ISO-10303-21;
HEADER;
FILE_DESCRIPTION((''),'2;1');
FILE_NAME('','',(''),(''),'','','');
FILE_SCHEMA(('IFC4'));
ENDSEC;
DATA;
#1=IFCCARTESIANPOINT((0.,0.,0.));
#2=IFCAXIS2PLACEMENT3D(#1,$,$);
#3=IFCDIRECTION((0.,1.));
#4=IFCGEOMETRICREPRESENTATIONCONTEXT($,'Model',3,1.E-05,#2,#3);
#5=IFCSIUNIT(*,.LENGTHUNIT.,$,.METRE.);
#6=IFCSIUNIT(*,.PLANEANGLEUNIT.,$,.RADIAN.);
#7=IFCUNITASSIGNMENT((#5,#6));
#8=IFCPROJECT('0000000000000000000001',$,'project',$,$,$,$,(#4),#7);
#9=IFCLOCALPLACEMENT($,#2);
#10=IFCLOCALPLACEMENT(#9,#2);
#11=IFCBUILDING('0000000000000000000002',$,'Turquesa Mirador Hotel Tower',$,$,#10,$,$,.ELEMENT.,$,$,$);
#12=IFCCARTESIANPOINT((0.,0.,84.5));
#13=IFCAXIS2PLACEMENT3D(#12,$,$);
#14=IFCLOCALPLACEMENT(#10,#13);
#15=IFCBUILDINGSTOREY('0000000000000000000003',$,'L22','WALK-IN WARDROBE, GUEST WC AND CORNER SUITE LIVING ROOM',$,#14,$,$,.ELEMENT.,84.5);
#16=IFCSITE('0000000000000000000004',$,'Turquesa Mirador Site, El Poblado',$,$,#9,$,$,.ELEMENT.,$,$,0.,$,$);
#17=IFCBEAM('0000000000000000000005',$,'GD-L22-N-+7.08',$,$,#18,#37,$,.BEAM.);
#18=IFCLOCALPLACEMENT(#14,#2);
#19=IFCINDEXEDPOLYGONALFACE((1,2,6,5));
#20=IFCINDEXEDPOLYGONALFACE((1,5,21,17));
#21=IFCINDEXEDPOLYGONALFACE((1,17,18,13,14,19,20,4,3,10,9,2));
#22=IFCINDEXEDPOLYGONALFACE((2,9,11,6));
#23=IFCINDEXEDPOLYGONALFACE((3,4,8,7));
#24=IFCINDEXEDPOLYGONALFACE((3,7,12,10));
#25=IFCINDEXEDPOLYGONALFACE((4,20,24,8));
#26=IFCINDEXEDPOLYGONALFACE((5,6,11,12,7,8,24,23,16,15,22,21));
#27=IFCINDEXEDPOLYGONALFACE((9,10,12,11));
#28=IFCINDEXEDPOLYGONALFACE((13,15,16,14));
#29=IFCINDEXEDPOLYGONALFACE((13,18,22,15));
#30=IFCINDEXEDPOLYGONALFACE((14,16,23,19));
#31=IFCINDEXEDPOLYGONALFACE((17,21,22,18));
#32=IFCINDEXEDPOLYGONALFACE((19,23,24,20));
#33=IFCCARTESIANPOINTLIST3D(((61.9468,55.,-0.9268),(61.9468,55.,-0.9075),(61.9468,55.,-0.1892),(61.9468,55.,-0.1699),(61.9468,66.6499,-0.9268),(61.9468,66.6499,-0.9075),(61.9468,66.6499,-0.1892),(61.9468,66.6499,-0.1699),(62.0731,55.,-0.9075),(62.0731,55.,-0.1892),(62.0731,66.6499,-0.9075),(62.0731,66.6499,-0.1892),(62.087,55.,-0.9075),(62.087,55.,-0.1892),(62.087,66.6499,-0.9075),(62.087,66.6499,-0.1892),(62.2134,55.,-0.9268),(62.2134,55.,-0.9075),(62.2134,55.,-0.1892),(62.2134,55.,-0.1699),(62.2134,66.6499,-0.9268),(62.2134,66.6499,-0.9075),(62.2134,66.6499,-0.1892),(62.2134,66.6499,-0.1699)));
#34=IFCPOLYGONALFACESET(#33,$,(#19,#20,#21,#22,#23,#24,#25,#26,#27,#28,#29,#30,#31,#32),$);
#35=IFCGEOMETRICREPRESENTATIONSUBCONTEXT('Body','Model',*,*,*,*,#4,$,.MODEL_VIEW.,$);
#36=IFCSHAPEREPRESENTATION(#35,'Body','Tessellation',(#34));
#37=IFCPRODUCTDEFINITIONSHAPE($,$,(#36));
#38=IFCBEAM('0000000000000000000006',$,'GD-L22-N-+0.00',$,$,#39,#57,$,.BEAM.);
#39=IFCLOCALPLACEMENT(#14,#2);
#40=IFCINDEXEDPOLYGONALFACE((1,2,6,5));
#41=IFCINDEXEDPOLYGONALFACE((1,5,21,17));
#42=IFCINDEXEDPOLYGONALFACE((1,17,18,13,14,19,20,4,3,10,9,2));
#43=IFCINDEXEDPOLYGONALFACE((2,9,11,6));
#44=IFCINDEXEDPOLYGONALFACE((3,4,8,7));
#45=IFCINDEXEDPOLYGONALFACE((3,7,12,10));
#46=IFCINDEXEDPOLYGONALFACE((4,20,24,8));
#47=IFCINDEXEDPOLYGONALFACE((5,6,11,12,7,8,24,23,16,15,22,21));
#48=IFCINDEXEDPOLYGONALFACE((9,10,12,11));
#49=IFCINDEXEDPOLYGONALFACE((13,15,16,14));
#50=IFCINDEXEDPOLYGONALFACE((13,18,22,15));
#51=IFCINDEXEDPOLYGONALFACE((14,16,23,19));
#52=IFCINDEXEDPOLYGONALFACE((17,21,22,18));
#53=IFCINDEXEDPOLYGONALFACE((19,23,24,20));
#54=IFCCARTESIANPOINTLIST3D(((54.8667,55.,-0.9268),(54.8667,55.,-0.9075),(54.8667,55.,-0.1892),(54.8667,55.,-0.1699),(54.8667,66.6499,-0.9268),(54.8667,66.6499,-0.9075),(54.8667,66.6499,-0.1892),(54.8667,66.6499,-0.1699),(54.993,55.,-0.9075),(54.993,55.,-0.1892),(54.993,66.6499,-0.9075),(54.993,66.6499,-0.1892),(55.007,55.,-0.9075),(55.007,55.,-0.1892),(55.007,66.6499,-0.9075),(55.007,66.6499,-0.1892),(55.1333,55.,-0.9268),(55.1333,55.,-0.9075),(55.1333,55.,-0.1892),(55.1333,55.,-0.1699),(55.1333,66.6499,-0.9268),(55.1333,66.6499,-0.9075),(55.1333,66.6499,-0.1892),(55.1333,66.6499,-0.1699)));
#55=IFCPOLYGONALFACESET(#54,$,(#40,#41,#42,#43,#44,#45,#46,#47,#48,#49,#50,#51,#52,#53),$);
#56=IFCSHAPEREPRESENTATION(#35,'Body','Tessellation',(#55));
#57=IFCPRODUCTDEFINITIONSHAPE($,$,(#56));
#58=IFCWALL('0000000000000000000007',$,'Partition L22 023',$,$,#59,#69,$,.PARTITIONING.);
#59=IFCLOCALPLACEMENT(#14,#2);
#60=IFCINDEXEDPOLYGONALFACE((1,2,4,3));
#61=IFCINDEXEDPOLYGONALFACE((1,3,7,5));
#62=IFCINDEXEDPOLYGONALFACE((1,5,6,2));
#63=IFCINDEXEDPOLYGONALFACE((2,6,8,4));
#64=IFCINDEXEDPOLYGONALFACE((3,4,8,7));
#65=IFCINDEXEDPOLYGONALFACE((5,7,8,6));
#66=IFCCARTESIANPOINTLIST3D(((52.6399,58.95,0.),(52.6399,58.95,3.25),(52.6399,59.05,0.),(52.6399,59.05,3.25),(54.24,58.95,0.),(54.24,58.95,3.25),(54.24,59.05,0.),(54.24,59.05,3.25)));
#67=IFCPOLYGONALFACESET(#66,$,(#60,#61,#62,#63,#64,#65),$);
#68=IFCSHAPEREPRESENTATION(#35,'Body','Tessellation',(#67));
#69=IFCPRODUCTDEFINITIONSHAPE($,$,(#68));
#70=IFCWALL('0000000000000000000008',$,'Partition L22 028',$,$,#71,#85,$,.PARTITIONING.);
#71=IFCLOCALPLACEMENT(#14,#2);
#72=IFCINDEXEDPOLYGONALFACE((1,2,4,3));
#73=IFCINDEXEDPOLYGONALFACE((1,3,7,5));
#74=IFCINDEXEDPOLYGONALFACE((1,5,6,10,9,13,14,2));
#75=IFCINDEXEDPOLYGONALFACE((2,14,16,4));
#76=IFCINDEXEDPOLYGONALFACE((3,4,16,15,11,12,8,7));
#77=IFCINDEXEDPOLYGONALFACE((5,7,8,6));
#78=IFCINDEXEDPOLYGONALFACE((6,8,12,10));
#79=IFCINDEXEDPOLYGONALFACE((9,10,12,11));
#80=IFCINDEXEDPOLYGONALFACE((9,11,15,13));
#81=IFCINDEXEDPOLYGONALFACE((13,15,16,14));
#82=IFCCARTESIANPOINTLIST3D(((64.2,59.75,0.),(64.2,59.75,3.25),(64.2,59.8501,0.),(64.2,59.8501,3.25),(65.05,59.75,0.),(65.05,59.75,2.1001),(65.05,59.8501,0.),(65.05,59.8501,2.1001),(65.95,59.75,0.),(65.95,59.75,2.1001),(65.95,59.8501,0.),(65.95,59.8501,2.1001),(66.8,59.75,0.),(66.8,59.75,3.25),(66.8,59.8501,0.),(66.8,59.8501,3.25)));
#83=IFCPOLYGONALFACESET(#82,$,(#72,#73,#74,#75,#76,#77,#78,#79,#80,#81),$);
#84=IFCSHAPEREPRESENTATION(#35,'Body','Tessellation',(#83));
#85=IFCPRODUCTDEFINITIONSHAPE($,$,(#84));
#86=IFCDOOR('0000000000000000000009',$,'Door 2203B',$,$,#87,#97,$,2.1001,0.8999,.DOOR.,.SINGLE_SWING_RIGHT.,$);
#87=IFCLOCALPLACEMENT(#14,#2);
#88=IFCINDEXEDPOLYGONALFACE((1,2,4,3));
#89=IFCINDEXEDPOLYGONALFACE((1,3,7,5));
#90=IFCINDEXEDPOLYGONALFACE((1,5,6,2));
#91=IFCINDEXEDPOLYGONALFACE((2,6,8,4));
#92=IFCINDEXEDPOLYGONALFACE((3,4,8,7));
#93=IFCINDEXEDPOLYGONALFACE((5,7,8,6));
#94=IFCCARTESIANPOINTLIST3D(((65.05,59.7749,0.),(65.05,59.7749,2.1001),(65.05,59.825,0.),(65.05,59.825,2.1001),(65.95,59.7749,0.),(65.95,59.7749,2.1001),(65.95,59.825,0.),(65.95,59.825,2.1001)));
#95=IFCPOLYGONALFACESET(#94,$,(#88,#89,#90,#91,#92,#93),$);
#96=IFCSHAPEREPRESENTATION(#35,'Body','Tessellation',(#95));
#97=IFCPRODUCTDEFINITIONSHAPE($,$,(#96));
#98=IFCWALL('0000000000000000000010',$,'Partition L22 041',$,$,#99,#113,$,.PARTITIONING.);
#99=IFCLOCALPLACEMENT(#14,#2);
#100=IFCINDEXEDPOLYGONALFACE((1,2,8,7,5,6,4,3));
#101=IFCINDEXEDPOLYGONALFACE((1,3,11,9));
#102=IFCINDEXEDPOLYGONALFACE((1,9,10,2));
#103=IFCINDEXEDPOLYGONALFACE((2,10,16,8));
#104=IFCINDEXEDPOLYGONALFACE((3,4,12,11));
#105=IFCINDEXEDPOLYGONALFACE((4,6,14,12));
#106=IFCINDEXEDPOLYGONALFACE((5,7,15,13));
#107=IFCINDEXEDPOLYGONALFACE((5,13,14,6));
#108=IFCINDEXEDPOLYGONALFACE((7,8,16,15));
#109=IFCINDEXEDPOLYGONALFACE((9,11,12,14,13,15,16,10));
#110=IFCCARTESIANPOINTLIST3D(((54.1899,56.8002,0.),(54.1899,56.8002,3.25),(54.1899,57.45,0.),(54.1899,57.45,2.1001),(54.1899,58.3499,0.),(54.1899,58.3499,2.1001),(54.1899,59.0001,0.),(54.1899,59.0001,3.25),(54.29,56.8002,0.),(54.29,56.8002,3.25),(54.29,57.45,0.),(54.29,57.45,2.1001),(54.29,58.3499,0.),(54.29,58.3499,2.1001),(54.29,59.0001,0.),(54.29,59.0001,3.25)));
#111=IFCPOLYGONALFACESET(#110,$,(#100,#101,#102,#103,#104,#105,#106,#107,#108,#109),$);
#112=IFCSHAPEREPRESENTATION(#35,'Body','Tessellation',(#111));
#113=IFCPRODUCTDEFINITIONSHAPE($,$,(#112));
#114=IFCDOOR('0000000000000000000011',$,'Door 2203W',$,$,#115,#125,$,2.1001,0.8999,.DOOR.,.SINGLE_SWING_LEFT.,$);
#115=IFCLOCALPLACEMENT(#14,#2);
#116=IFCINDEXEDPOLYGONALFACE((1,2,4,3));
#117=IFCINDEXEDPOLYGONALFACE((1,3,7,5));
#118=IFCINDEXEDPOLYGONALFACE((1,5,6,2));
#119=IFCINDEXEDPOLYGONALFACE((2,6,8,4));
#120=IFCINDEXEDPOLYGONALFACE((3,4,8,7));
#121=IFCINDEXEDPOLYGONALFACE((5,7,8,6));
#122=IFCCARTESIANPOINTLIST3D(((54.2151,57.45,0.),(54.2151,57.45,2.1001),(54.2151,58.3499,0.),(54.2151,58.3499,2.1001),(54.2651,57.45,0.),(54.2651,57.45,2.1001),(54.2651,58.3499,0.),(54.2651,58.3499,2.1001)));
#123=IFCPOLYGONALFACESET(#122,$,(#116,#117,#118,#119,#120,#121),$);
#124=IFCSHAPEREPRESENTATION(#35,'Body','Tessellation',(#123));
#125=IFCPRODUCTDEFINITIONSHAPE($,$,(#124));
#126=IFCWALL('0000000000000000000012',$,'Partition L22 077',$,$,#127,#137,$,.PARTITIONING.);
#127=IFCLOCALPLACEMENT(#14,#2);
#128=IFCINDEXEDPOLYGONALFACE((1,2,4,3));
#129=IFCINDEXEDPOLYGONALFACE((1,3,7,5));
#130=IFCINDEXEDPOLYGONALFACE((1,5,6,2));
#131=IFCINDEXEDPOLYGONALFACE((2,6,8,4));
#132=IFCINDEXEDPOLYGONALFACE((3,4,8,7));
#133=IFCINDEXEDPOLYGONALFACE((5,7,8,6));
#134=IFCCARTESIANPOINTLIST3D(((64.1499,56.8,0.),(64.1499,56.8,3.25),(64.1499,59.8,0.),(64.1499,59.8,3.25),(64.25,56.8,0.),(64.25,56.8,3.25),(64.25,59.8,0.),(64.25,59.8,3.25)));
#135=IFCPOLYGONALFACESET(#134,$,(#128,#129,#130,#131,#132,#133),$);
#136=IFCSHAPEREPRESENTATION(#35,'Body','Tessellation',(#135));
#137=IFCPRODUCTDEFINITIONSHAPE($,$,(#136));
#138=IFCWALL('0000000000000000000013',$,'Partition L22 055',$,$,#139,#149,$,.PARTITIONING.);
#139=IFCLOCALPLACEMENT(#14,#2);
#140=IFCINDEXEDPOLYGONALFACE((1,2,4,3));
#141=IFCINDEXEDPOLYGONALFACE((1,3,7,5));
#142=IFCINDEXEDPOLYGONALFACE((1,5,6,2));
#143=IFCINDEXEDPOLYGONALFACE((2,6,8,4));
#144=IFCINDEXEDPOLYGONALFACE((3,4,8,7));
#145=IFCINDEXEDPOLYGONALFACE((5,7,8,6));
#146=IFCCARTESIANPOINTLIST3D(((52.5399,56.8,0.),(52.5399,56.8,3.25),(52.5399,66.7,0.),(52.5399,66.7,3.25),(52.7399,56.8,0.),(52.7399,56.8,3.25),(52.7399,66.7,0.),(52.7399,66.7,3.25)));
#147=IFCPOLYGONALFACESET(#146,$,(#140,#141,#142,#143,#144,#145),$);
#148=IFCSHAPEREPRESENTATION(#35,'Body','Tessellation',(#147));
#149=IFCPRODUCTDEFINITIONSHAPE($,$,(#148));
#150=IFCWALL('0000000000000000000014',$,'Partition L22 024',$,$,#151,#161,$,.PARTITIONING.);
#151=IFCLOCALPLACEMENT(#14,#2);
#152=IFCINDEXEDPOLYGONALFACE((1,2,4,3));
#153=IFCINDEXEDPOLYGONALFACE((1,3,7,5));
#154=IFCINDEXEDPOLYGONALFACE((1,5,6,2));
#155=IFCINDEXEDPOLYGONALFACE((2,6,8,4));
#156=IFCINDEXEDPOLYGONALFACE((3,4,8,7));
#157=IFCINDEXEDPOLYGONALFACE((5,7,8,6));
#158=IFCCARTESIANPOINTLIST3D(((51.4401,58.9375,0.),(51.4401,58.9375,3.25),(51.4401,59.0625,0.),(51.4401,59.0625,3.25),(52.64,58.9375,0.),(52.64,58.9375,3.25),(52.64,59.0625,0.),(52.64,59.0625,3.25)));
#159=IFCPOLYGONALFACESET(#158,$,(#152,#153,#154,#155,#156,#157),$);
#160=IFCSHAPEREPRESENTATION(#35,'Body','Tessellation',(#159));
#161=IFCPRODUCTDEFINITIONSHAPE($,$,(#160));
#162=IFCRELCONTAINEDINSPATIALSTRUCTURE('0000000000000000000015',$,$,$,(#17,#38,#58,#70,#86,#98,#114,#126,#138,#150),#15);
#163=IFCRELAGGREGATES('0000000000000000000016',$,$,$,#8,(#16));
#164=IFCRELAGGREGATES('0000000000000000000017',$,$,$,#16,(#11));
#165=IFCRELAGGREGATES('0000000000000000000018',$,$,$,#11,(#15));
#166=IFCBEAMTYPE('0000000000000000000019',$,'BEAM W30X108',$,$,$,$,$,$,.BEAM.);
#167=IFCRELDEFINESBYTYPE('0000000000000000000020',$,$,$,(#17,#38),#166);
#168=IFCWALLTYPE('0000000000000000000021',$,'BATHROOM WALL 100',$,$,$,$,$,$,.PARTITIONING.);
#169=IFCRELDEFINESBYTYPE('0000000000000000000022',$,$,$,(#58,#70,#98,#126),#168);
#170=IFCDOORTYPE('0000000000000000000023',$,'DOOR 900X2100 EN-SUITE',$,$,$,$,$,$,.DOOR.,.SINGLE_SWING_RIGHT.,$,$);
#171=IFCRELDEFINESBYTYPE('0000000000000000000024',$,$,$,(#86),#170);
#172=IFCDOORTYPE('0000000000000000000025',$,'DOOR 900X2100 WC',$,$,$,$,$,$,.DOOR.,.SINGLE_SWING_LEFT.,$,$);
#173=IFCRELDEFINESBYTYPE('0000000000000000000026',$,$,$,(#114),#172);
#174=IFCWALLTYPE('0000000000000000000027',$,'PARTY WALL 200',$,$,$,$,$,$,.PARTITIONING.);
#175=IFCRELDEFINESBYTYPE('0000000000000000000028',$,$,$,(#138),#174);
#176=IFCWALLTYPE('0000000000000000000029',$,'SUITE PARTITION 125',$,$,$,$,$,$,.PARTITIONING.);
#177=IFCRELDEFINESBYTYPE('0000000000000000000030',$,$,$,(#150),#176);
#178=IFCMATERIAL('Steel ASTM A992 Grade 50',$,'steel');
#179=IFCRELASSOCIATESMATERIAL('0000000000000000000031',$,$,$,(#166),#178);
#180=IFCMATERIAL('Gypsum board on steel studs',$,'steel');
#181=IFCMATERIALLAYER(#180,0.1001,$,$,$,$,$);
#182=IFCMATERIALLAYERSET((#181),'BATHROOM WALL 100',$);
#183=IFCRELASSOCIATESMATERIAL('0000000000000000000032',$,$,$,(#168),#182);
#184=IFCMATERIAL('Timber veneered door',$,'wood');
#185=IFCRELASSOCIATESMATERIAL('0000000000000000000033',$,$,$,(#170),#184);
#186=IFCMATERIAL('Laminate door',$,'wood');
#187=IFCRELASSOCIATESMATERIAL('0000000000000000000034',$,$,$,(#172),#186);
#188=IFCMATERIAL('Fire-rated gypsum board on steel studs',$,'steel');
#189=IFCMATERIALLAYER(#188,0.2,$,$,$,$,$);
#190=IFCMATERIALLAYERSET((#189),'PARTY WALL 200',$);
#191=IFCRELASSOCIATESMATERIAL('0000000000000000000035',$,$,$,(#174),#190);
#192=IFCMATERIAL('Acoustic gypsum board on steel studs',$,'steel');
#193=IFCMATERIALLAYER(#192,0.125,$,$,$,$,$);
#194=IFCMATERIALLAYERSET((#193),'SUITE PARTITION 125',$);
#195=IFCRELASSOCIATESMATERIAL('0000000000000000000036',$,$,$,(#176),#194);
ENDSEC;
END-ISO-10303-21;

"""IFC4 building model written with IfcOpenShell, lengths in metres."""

from ifc_helpers import new_model, si_unit, direction, frame, frame_2d, origin, origin_2d, place, context, subcontext, project, spatial, rectangle, i_section, extrude, material, layer, layer_set, material_profile, profile_set, type_object, element, fill, save


model = new_model("IFC4")

# Units and contexts
model_context = context("Model", 3, precision=1e-05, world=origin(), true_north=direction((0.0, 1.0)))
body_context = subcontext(model_context, "Body", "Model", "MODEL_VIEW")
ifc_project = project(units=[si_unit("LENGTHUNIT", "METRE"), si_unit("PLANEANGLEUNIT", "RADIAN")], contexts=[model_context])

# Site, building, storey
site_placement = place(None, origin())
site = spatial("IfcSite", under=ifc_project, at=site_placement, Name="Turquesa Mirador Site, El Poblado", CompositionType="ELEMENT", RefElevation=0.0)
building_placement = place(site_placement, origin())
building = spatial("IfcBuilding", under=site, at=building_placement, Name="Turquesa Mirador Hotel Tower", CompositionType="ELEMENT")
storey_placement = place(building_placement, frame((0.0, 0.0, 84.5)))
storey = spatial("IfcBuildingStorey", under=building, at=storey_placement, Name="L22", Description="WALK-IN WARDROBE, GUEST WC AND CORNER SUITE LIVING ROOM", CompositionType="ELEMENT", Elevation=84.5)

# Beams
ifc_material_1 = material(Name="Steel ASTM A992 Grade 50", Category="steel")
ifc_material_profile_1 = material_profile(ifc_material_1, i_section(OverallWidth=0.2666, OverallDepth=0.7568, WebThickness=0.0139, FlangeThickness=0.0193, at=origin_2d()), Name="W30X108")
ifc_profile_set_1 = profile_set([ifc_material_profile_1], Name="Steel ASTM A992 Grade 50")
beam_type_1 = type_object("IfcBeamType", Name="BEAM W30X108", PredefinedType="BEAM", material=ifc_profile_set_1)
for number, where, z_axis, x_axis, name in (
    (1, (62.0801, 66.6499, -0.5483), (0.0, -1.0, 0.0), (1.0, 0.0, 0.0), "GD-L22-N-+7.08"),
    (2, (55.0, 66.6499, -0.5483), (0.0, -1.0, 0.0), (1.0, 0.0, 0.0), "GD-L22-N-+0.00"),
):
    element("IfcBeam", number, at=place(storey_placement, frame(where, z_axis=z_axis, x_axis=x_axis)), inside=storey, type_object=beam_type_1, Name=name, PredefinedType="BEAM", context=body_context, shape_type="SweptSolid", body=[
        extrude(i_section(OverallWidth=0.2666, OverallDepth=0.7568, WebThickness=0.0139, FlangeThickness=0.0193, at=origin_2d()), origin(), (0.0, 0.0, 1.0), 11.6499),
    ])

# Wall
ifc_material_2 = material(Name="Gypsum board on steel studs", Category="steel")
ifc_layer_1 = layer(ifc_material_2, 0.1001)
ifc_layer_set_1 = layer_set([ifc_layer_1], Name="BATHROOM WALL 100")
wall_type_1 = type_object("IfcWallType", Name="BATHROOM WALL 100", PredefinedType="PARTITIONING", material=ifc_layer_set_1)
wall_1_placement = place(storey_placement, frame((52.6399, 59.0, 0.0), z_axis=(0.0, 0.0, 1.0), x_axis=(1.0, 0.0, 0.0)))
element("IfcWall", 3, at=wall_1_placement, inside=storey, type_object=wall_type_1, Name="Partition L22 023", PredefinedType="PARTITIONING", context=body_context, shape_type="SweptSolid", body=[
    extrude(rectangle(XDim=1.6001, YDim=0.1001, at=frame_2d((0.8, 0.0))), origin(), (0.0, 0.0, 1.0), 3.25),
])

# Walls, openings, doors
wall_2_placement = place(storey_placement, frame((64.2, 59.8, 0.0), z_axis=(0.0, 0.0, 1.0), x_axis=(1.0, 0.0, 0.0)))
wall_2 = element("IfcWall", 4, at=wall_2_placement, inside=storey, type_object=wall_type_1, Name="Partition L22 028", PredefinedType="PARTITIONING", context=body_context, shape_type="SweptSolid", body=[
    extrude(rectangle(XDim=2.6001, YDim=0.1001, at=frame_2d((1.3, 0.0))), origin(), (0.0, 0.0, 1.0), 3.25),
])
opening_1_placement = place(wall_2_placement, frame((0.8501, 0.0, 0.0)))
opening_1 = element("IfcOpeningElement", 5, at=opening_1_placement, cuts=wall_2, PredefinedType="OPENING", context=body_context, shape_type="SweptSolid", body=[
    extrude(rectangle(XDim=0.8999, YDim=2.1001, at=frame_2d((0.45, 1.05))), frame((0.0, 0.0601, 0.0), z_axis=(0.0, -1.0, 0.0), x_axis=(1.0, 0.0, 0.0)), (0.0, 0.0, 1.0), 0.1201),
])
ifc_material_3 = material(Name="Timber veneered door", Category="wood")
door_type_1 = type_object("IfcDoorType", Name="DOOR 900X2100 EN-SUITE", OperationType="SINGLE_SWING_RIGHT", PredefinedType="DOOR", material=ifc_material_3)
door_1_placement = place(opening_1_placement, origin())
door_1 = element("IfcDoor", 6, at=door_1_placement, inside=storey, type_object=door_type_1, Name="Door 2203B", OperationType="SINGLE_SWING_RIGHT", OverallHeight=2.1001, OverallWidth=0.8999, PredefinedType="DOOR", context=body_context, shape_type="SweptSolid", body=[
    extrude(rectangle(XDim=0.8999, YDim=2.1001, at=frame_2d((0.45, 1.05))), frame((0.0, 0.0249, 0.0), z_axis=(0.0, -1.0, 0.0), x_axis=(1.0, 0.0, 0.0)), (0.0, 0.0, 1.0), 0.05),
])
fill(opening_1, door_1)
wall_3_placement = place(storey_placement, frame((54.24, 56.8, 0.0), z_axis=(0.0, 0.0, 1.0), x_axis=(0.0, 1.0, 0.0)))
wall_3 = element("IfcWall", 7, at=wall_3_placement, inside=storey, type_object=wall_type_1, Name="Partition L22 041", PredefinedType="PARTITIONING", context=body_context, shape_type="SweptSolid", body=[
    extrude(rectangle(XDim=2.2, YDim=0.1001, at=frame_2d((1.1001, 0.0))), origin(), (0.0, 0.0, 1.0), 3.25),
])
opening_2_placement = place(wall_3_placement, frame((0.6499, 0.0, 0.0)))
opening_2 = element("IfcOpeningElement", 8, at=opening_2_placement, cuts=wall_3, PredefinedType="OPENING", context=body_context, shape_type="SweptSolid", body=[
    extrude(rectangle(XDim=0.8999, YDim=2.1001, at=frame_2d((0.45, 1.05))), frame((0.0, 0.0601, 0.0), z_axis=(0.0, -1.0, 0.0), x_axis=(1.0, 0.0, 0.0)), (0.0, 0.0, 1.0), 0.1201),
])
ifc_material_4 = material(Name="Laminate door", Category="wood")
door_type_2 = type_object("IfcDoorType", Name="DOOR 900X2100 WC", OperationType="SINGLE_SWING_LEFT", PredefinedType="DOOR", material=ifc_material_4)
door_2_placement = place(opening_2_placement, origin())
door_2 = element("IfcDoor", 9, at=door_2_placement, inside=storey, type_object=door_type_2, Name="Door 2203W", OperationType="SINGLE_SWING_LEFT", OverallHeight=2.1001, OverallWidth=0.8999, PredefinedType="DOOR", context=body_context, shape_type="SweptSolid", body=[
    extrude(rectangle(XDim=0.8999, YDim=2.1001, at=frame_2d((0.45, 1.05))), frame((0.0, 0.0249, 0.0), z_axis=(0.0, -1.0, 0.0), x_axis=(1.0, 0.0, 0.0)), (0.0, 0.0, 1.0), 0.05),
])
fill(opening_2, door_2)

# Walls
wall_4_placement = place(storey_placement, frame((64.2, 56.8, 0.0), z_axis=(0.0, 0.0, 1.0), x_axis=(0.0, 1.0, 0.0)))
element("IfcWall", 10, at=wall_4_placement, inside=storey, type_object=wall_type_1, Name="Partition L22 077", PredefinedType="PARTITIONING", context=body_context, shape_type="SweptSolid", body=[
    extrude(rectangle(XDim=3.0, YDim=0.1001, at=frame_2d((1.5, 0.0))), origin(), (0.0, 0.0, 1.0), 3.25),
])
ifc_material_5 = material(Name="Fire-rated gypsum board on steel studs", Category="steel")
ifc_layer_2 = layer(ifc_material_5, 0.2)
ifc_layer_set_2 = layer_set([ifc_layer_2], Name="PARTY WALL 200")
wall_type_2 = type_object("IfcWallType", Name="PARTY WALL 200", PredefinedType="PARTITIONING", material=ifc_layer_set_2)
wall_5_placement = place(storey_placement, frame((52.6399, 56.8, 0.0), z_axis=(0.0, 0.0, 1.0), x_axis=(0.0, 1.0, 0.0)))
element("IfcWall", 11, at=wall_5_placement, inside=storey, type_object=wall_type_2, Name="Partition L22 055", PredefinedType="PARTITIONING", context=body_context, shape_type="SweptSolid", body=[
    extrude(rectangle(XDim=9.8999, YDim=0.2, at=frame_2d((4.95, 0.0))), origin(), (0.0, 0.0, 1.0), 3.25),
])
ifc_material_6 = material(Name="Acoustic gypsum board on steel studs", Category="steel")
ifc_layer_3 = layer(ifc_material_6, 0.125)
ifc_layer_set_3 = layer_set([ifc_layer_3], Name="SUITE PARTITION 125")
wall_type_3 = type_object("IfcWallType", Name="SUITE PARTITION 125", PredefinedType="PARTITIONING", material=ifc_layer_set_3)
wall_6_placement = place(storey_placement, frame((51.4399, 59.0, 0.0), z_axis=(0.0, 0.0, 1.0), x_axis=(1.0, 0.0, 0.0)))
element("IfcWall", 12, at=wall_6_placement, inside=storey, type_object=wall_type_3, Name="Partition L22 024", PredefinedType="PARTITIONING", context=body_context, shape_type="SweptSolid", body=[
    extrude(rectangle(XDim=1.2, YDim=0.125, at=frame_2d((0.6001, 0.0))), origin(), (0.0, 0.0, 1.0), 3.25),
])

save(model, "model.ifc")
